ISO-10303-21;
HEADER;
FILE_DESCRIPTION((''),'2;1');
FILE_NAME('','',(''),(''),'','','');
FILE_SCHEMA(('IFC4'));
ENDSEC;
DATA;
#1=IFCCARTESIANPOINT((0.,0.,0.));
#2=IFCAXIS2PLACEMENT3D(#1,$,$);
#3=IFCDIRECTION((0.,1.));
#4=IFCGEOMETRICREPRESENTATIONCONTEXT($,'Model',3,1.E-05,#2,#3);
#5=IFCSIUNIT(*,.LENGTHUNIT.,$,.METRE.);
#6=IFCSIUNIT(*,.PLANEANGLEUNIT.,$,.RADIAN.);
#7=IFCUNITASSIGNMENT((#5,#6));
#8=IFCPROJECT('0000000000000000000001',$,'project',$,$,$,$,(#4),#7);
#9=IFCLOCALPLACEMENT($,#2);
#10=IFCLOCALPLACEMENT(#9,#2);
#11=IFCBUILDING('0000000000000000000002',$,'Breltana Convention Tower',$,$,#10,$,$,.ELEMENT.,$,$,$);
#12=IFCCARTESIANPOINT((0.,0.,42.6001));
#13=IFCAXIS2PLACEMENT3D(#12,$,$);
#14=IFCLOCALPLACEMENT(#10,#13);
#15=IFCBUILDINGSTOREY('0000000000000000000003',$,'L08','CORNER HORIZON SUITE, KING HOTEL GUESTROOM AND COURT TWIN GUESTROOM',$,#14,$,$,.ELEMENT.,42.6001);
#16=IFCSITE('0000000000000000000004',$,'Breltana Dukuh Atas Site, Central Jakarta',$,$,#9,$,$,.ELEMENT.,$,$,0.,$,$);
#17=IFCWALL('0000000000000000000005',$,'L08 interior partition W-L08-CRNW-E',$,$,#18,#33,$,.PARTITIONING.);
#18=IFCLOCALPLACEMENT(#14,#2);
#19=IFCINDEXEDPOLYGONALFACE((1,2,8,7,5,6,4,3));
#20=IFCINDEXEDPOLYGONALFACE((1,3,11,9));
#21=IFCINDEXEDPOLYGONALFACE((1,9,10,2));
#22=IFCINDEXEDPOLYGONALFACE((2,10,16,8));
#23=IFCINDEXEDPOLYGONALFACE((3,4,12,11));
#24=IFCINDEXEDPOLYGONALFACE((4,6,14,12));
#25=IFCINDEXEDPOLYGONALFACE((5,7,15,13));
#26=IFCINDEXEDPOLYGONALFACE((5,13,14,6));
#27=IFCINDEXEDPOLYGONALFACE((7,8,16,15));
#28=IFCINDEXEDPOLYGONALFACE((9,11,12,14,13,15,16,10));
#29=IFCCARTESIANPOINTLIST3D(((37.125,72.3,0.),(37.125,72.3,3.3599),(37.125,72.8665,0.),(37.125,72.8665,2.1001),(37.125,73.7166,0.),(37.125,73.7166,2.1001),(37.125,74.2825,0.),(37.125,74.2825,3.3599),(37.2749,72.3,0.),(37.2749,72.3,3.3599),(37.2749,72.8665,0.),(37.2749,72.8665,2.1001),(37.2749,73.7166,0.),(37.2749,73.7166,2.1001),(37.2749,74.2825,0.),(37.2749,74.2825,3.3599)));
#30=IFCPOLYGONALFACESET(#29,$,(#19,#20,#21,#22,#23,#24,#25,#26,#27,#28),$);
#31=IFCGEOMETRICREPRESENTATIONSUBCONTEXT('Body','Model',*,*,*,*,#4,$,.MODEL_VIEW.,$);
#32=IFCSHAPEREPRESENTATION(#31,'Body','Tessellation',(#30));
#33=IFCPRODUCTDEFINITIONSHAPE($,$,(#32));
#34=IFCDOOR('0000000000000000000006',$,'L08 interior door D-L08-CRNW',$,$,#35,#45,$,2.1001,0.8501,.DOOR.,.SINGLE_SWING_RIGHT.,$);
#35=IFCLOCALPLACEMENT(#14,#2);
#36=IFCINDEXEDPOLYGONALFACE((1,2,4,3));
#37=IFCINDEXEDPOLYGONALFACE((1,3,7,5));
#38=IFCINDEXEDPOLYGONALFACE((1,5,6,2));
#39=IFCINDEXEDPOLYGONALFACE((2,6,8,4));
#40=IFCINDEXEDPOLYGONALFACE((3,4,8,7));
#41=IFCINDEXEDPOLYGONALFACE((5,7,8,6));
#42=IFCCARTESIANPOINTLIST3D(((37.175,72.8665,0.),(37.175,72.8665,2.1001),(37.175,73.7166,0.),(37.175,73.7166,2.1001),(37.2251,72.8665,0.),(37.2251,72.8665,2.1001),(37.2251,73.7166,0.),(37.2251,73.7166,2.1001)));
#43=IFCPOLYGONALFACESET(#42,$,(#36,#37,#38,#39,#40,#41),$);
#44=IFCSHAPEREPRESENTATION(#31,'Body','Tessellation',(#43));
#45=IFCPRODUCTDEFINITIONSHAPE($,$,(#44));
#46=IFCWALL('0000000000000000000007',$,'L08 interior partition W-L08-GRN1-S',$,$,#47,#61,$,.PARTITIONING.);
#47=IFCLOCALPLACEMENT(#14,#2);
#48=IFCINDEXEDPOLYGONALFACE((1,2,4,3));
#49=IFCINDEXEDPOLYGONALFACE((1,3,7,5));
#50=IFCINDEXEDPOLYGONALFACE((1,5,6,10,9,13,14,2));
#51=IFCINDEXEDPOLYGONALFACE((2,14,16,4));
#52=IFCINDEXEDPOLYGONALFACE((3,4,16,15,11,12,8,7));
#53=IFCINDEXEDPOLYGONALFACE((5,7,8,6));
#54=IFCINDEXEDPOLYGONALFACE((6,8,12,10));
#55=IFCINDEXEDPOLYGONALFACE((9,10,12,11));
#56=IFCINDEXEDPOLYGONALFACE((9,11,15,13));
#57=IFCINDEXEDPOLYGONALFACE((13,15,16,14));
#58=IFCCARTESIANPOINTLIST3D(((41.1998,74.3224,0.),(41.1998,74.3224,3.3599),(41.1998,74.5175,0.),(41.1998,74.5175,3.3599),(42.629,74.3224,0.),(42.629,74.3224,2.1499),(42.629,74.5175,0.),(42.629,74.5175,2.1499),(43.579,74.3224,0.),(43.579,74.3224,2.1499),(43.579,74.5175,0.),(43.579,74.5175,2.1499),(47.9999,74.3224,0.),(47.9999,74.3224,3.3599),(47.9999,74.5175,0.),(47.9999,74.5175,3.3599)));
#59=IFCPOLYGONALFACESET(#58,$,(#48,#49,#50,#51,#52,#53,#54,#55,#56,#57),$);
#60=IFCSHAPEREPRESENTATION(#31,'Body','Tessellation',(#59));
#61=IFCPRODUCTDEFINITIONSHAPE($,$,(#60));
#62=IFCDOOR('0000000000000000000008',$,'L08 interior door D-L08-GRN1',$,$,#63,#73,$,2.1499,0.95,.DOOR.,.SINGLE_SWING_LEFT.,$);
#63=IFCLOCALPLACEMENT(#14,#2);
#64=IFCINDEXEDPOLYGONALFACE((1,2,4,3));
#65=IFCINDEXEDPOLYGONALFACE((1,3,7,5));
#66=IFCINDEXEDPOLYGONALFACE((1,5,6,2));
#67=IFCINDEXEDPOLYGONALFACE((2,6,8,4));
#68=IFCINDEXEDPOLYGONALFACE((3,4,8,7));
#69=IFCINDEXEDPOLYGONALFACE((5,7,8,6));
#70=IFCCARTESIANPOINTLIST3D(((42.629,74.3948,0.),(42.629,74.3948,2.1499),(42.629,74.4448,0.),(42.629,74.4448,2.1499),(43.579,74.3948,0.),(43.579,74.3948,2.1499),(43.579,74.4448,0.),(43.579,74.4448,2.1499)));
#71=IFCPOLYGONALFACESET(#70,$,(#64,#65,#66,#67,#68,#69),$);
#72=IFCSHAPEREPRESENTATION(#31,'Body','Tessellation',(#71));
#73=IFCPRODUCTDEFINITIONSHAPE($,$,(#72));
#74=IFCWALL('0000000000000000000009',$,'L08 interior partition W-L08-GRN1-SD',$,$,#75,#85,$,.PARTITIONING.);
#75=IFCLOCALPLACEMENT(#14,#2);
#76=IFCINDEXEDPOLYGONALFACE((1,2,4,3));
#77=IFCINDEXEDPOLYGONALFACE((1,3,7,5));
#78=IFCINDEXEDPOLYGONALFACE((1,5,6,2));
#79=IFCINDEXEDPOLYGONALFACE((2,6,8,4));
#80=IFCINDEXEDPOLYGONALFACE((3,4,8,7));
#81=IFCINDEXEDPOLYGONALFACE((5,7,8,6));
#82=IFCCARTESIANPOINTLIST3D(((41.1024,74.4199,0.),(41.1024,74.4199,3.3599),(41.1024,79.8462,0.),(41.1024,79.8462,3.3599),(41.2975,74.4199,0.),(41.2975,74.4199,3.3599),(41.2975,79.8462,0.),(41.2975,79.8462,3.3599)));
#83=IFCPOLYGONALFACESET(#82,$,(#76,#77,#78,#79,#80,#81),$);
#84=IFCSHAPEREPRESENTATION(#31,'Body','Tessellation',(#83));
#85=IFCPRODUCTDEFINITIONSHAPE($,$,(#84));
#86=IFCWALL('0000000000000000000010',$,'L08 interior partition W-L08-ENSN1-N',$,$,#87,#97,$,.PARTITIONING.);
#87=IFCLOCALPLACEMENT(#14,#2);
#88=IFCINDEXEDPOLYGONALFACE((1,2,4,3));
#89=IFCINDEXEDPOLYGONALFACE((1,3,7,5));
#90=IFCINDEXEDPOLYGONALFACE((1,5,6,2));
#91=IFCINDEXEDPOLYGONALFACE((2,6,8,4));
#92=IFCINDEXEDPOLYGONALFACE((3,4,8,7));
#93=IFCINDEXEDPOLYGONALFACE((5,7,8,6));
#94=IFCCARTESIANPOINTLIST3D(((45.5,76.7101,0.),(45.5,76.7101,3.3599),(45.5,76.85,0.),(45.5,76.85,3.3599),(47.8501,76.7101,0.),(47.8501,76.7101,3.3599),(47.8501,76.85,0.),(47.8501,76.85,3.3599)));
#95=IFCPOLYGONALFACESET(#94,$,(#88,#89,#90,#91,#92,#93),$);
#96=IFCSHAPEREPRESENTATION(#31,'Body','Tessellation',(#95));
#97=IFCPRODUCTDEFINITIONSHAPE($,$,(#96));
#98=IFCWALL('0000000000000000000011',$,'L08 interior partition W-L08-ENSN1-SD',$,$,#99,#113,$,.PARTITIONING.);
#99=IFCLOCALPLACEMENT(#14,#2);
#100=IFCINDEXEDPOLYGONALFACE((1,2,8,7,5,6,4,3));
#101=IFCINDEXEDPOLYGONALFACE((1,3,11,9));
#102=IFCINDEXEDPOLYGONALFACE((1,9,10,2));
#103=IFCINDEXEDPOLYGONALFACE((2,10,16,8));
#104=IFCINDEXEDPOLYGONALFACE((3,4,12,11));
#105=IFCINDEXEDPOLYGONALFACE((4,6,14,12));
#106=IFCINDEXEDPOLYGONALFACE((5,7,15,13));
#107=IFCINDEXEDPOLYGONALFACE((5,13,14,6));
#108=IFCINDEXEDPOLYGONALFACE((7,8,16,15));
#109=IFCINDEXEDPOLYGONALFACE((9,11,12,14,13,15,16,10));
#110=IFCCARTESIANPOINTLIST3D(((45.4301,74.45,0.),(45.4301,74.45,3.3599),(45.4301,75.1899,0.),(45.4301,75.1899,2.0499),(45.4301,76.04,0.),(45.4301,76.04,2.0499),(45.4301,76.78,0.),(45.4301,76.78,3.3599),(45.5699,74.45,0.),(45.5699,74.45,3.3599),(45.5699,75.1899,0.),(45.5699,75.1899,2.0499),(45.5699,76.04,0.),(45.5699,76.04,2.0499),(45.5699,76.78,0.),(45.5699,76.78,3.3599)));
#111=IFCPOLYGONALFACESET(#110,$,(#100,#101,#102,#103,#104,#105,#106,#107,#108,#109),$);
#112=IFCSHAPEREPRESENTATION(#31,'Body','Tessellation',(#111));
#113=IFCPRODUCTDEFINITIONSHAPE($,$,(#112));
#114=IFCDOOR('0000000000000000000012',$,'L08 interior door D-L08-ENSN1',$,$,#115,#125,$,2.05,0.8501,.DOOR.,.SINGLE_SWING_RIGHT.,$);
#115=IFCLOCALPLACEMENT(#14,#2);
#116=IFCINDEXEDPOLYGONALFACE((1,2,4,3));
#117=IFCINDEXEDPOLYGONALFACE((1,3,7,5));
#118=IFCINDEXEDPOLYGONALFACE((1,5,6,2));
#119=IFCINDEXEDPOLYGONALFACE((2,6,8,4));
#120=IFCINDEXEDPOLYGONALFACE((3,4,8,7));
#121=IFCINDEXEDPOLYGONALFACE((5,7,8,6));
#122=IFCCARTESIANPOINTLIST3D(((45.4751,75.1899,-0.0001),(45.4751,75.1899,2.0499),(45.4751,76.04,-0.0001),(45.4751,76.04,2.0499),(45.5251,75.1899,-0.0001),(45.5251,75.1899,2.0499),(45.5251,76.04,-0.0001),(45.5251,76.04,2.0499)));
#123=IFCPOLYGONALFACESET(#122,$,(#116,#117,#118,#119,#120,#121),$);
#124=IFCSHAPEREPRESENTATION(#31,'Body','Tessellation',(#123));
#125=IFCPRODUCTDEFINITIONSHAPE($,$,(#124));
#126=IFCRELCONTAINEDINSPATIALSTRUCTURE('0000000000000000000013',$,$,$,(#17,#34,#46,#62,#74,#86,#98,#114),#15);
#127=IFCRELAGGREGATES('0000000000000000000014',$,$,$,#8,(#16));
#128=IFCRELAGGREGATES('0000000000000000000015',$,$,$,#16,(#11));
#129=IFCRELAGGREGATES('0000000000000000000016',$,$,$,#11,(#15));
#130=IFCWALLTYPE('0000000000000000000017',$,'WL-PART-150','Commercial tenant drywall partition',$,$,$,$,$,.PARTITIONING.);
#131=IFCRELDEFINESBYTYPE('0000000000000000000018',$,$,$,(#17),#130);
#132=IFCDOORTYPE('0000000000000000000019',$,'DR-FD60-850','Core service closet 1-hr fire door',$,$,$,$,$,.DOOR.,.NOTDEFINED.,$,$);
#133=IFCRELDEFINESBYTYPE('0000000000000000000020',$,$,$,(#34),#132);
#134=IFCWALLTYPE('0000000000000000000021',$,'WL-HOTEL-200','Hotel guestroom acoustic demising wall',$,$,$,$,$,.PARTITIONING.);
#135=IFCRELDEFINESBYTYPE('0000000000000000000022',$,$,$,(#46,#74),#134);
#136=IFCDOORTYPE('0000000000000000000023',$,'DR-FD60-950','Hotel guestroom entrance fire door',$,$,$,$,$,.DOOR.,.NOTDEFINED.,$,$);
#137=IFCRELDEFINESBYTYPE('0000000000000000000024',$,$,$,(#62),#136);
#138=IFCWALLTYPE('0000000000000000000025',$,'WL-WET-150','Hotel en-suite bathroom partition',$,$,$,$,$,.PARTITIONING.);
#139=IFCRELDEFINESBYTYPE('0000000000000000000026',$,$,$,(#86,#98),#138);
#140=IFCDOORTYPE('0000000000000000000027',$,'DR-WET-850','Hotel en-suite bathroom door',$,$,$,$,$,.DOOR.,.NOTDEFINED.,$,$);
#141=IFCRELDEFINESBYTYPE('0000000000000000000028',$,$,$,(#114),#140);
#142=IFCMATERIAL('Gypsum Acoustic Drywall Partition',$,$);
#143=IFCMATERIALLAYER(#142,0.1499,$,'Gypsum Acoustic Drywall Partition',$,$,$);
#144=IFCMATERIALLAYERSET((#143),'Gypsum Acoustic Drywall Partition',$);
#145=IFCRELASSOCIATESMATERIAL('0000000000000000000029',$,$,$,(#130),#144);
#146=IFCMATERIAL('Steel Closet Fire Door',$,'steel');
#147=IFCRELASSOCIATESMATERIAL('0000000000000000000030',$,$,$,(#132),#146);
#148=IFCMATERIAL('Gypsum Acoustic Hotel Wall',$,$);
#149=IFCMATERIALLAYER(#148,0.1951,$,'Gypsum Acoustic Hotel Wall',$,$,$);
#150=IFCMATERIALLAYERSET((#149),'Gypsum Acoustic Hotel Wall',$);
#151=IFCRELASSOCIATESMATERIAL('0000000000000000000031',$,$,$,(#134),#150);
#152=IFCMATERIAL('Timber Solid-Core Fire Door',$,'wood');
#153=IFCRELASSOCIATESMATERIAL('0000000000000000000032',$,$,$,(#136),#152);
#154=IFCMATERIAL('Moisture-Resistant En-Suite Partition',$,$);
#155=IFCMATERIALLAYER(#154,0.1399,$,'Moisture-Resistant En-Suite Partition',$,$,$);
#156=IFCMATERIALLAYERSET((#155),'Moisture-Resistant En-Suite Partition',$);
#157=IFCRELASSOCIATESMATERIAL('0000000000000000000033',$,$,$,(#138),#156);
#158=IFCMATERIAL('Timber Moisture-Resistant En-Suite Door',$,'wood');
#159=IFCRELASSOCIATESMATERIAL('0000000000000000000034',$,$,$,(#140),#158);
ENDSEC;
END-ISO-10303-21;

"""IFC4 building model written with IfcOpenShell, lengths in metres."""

from ifc_helpers import new_model, si_unit, direction, frame, frame_2d, origin, place, context, subcontext, project, spatial, rectangle, extrude, source, transform, mapped, material, layer, layer_set, type_object, type_shapes, element, fill, save


model = new_model("IFC4")

# Units and contexts
model_context = context("Model", 3, precision=1e-05, world=origin(), true_north=direction((0.0, 1.0)))
body_context = subcontext(model_context, "Body", "Model", "MODEL_VIEW")
ifc_project = project(units=[si_unit("LENGTHUNIT", "METRE"), si_unit("PLANEANGLEUNIT", "RADIAN")], contexts=[model_context])

# Site, building, storey
site_placement = place(None, origin())
site = spatial("IfcSite", under=ifc_project, at=site_placement, Name="Breltana Dukuh Atas Site, Central Jakarta", CompositionType="ELEMENT", RefElevation=0.0)
building_placement = place(site_placement, origin())
building = spatial("IfcBuilding", under=site, at=building_placement, Name="Breltana Convention Tower", CompositionType="ELEMENT")
storey_placement = place(building_placement, frame((0.0, 0.0, 42.6001)))
storey = spatial("IfcBuildingStorey", under=building, at=storey_placement, Name="L08", Description="CORNER HORIZON SUITE, KING HOTEL GUESTROOM AND COURT TWIN GUESTROOM", CompositionType="ELEMENT", Elevation=42.6001)

# Shared definitions
ifc_material_1 = material(Name="Gypsum Acoustic Drywall Partition")
ifc_layer_1 = layer(ifc_material_1, 0.1499, Name="Gypsum Acoustic Drywall Partition")
ifc_layer_set_1 = layer_set([ifc_layer_1], Name="Gypsum Acoustic Drywall Partition")
wall_type_1 = type_object("IfcWallType", Name="WL-PART-150", Description="Commercial tenant drywall partition", PredefinedType="PARTITIONING", material=ifc_layer_set_1)

# Walls, openings, doors
shared_shape_1 = source(origin(), body_context, "Body", "SweptSolid", [
    extrude(rectangle(XDim=1.9824, YDim=0.1499, at=frame_2d((0.9912, 0.0))), origin(), (0.0, 0.0, 1.0), 3.3599),
])
wall_1_placement = place(storey_placement, frame((37.2, 72.3, 0.0), z_axis=(0.0, 0.0, 1.0), x_axis=(0.0, 1.0, 0.0)))
wall_1 = element("IfcWall", 1, at=wall_1_placement, inside=storey, type_object=wall_type_1, Name="L08 interior partition W-L08-CRNW-E", PredefinedType="PARTITIONING", context=body_context, shape_type="MappedRepresentation", body=[
    mapped(shared_shape_1, transform((0.0, 0.0, 0.0), scale=1.0)),
])
opening_1_placement = place(wall_1_placement, frame((0.5664, 0.0, 0.0)))
opening_1 = element("IfcOpeningElement", 2, at=opening_1_placement, cuts=wall_1, PredefinedType="OPENING", context=body_context, shape_type="SweptSolid", body=[
    extrude(rectangle(XDim=0.8501, YDim=2.1001, at=frame_2d((0.425, 1.05))), frame((0.0, 0.085, 0.0), z_axis=(0.0, -1.0, 0.0), x_axis=(1.0, 0.0, 0.0)), (0.0, 0.0, 1.0), 0.1699),
])
ifc_material_2 = material(Name="Steel Closet Fire Door", Category="steel")
door_type_1 = type_object("IfcDoorType", Name="DR-FD60-850", Description="Core service closet 1-hr fire door", OperationType="NOTDEFINED", PredefinedType="DOOR", material=ifc_material_2)
shared_shape_2 = source(origin(), body_context, "Body", "SweptSolid", [
    extrude(rectangle(XDim=0.8501, YDim=2.1001, at=frame_2d((0.425, 1.05))), frame((0.0, 0.0249, 0.0), z_axis=(0.0, -1.0, 0.0), x_axis=(1.0, 0.0, 0.0)), (0.0, 0.0, 1.0), 0.05),
])
type_shapes(door_type_1, [shared_shape_2])
door_1_placement = place(opening_1_placement, origin())
door_1 = element("IfcDoor", 3, at=door_1_placement, inside=storey, type_object=door_type_1, Name="L08 interior door D-L08-CRNW", OperationType="SINGLE_SWING_RIGHT", OverallHeight=2.1001, OverallWidth=0.8501, PredefinedType="DOOR", context=body_context, shape_type="MappedRepresentation", body=[
    mapped(shared_shape_2, transform((0.0, 0.0, 0.0), scale=1.0)),
])
fill(opening_1, door_1)
ifc_material_3 = material(Name="Gypsum Acoustic Hotel Wall")
ifc_layer_2 = layer(ifc_material_3, 0.1951, Name="Gypsum Acoustic Hotel Wall")
ifc_layer_set_2 = layer_set([ifc_layer_2], Name="Gypsum Acoustic Hotel Wall")
wall_type_2 = type_object("IfcWallType", Name="WL-HOTEL-200", Description="Hotel guestroom acoustic demising wall", PredefinedType="PARTITIONING", material=ifc_layer_set_2)
shared_shape_3 = source(origin(), body_context, "Body", "SweptSolid", [
    extrude(rectangle(XDim=6.8, YDim=0.1951, at=frame_2d((3.3999, 0.0))), origin(), (0.0, 0.0, 1.0), 3.3599),
])
wall_2_placement = place(storey_placement, frame((41.2, 74.4199, 0.0), z_axis=(0.0, 0.0, 1.0), x_axis=(1.0, 0.0, 0.0)))
wall_2 = element("IfcWall", 4, at=wall_2_placement, inside=storey, type_object=wall_type_2, Name="L08 interior partition W-L08-GRN1-S", PredefinedType="PARTITIONING", context=body_context, shape_type="MappedRepresentation", body=[
    mapped(shared_shape_3, transform((0.0, 0.0, 0.0), scale=1.0)),
])
opening_2_placement = place(wall_2_placement, frame((1.429, 0.0, 0.0)))
opening_2 = element("IfcOpeningElement", 5, at=opening_2_placement, cuts=wall_2, PredefinedType="OPENING", context=body_context, shape_type="SweptSolid", body=[
    extrude(rectangle(XDim=0.95, YDim=2.1499, at=frame_2d((0.4751, 1.075))), frame((0.0, 0.1074, 0.0), z_axis=(0.0, -1.0, 0.0), x_axis=(1.0, 0.0, 0.0)), (0.0, 0.0, 1.0), 0.2151),
])
ifc_material_4 = material(Name="Timber Solid-Core Fire Door", Category="wood")
door_type_2 = type_object("IfcDoorType", Name="DR-FD60-950", Description="Hotel guestroom entrance fire door", OperationType="NOTDEFINED", PredefinedType="DOOR", material=ifc_material_4)
shared_shape_4 = source(origin(), body_context, "Body", "SweptSolid", [
    extrude(rectangle(XDim=0.95, YDim=2.1499, at=frame_2d((0.4751, 1.075))), frame((0.0, 0.0249, 0.0), z_axis=(0.0, -1.0, 0.0), x_axis=(1.0, 0.0, 0.0)), (0.0, 0.0, 1.0), 0.05),
])
type_shapes(door_type_2, [shared_shape_4])
door_2_placement = place(opening_2_placement, origin())
door_2 = element("IfcDoor", 6, at=door_2_placement, inside=storey, type_object=door_type_2, Name="L08 interior door D-L08-GRN1", OperationType="SINGLE_SWING_LEFT", OverallHeight=2.1499, OverallWidth=0.95, PredefinedType="DOOR", context=body_context, shape_type="MappedRepresentation", body=[
    mapped(shared_shape_4, transform((0.0, 0.0, 0.0), scale=1.0)),
])
fill(opening_2, door_2)

# Walls
shared_shape_5 = source(origin(), body_context, "Body", "SweptSolid", [
    extrude(rectangle(XDim=5.4263, YDim=0.1951, at=frame_2d((2.7131, 0.0))), origin(), (0.0, 0.0, 1.0), 3.3599),
])
wall_3_placement = place(storey_placement, frame((41.2, 74.4199, 0.0), z_axis=(0.0, 0.0, 1.0), x_axis=(0.0, 1.0, 0.0)))
element("IfcWall", 7, at=wall_3_placement, inside=storey, type_object=wall_type_2, Name="L08 interior partition W-L08-GRN1-SD", PredefinedType="PARTITIONING", context=body_context, shape_type="MappedRepresentation", body=[
    mapped(shared_shape_5, transform((0.0, 0.0, 0.0), scale=1.0)),
])
ifc_material_5 = material(Name="Moisture-Resistant En-Suite Partition")
ifc_layer_3 = layer(ifc_material_5, 0.1399, Name="Moisture-Resistant En-Suite Partition")
ifc_layer_set_3 = layer_set([ifc_layer_3], Name="Moisture-Resistant En-Suite Partition")
wall_type_3 = type_object("IfcWallType", Name="WL-WET-150", Description="Hotel en-suite bathroom partition", PredefinedType="PARTITIONING", material=ifc_layer_set_3)
shared_shape_6 = source(origin(), body_context, "Body", "SweptSolid", [
    extrude(rectangle(XDim=2.3501, YDim=0.1399, at=frame_2d((1.175, 0.0))), origin(), (0.0, 0.0, 1.0), 3.3599),
])
wall_4_placement = place(storey_placement, frame((45.5, 76.78, 0.0), z_axis=(0.0, 0.0, 1.0), x_axis=(1.0, 0.0, 0.0)))
element("IfcWall", 8, at=wall_4_placement, inside=storey, type_object=wall_type_3, Name="L08 interior partition W-L08-ENSN1-N", PredefinedType="PARTITIONING", context=body_context, shape_type="MappedRepresentation", body=[
    mapped(shared_shape_6, transform((0.0, 0.0, 0.0), scale=1.0)),
])

# Wall, opening, door
shared_shape_7 = source(origin(), body_context, "Body", "SweptSolid", [
    extrude(rectangle(XDim=2.3301, YDim=0.1399, at=frame_2d((1.165, 0.0))), origin(), (0.0, 0.0, 1.0), 3.3599),
])
wall_5_placement = place(storey_placement, frame((45.5, 74.45, 0.0), z_axis=(0.0, 0.0, 1.0), x_axis=(0.0, 1.0, 0.0)))
wall_5 = element("IfcWall", 9, at=wall_5_placement, inside=storey, type_object=wall_type_3, Name="L08 interior partition W-L08-ENSN1-SD", PredefinedType="PARTITIONING", context=body_context, shape_type="MappedRepresentation", body=[
    mapped(shared_shape_7, transform((0.0, 0.0, 0.0), scale=1.0)),
])
opening_3_placement = place(wall_5_placement, frame((0.74, 0.0, 0.0)))
opening_3 = element("IfcOpeningElement", 10, at=opening_3_placement, cuts=wall_5, PredefinedType="OPENING", context=body_context, shape_type="SweptSolid", body=[
    extrude(rectangle(XDim=0.8501, YDim=2.05, at=frame_2d((0.425, 1.0249))), frame((0.0, 0.0801, 0.0), z_axis=(0.0, -1.0, 0.0), x_axis=(1.0, 0.0, 0.0)), (0.0, 0.0, 1.0), 0.1599),
])
ifc_material_6 = material(Name="Timber Moisture-Resistant En-Suite Door", Category="wood")
door_type_3 = type_object("IfcDoorType", Name="DR-WET-850", Description="Hotel en-suite bathroom door", OperationType="NOTDEFINED", PredefinedType="DOOR", material=ifc_material_6)
shared_shape_8 = source(origin(), body_context, "Body", "SweptSolid", [
    extrude(rectangle(XDim=0.8501, YDim=2.05, at=frame_2d((0.425, 1.0249))), frame((0.0, 0.0249, 0.0), z_axis=(0.0, -1.0, 0.0), x_axis=(1.0, 0.0, 0.0)), (0.0, 0.0, 1.0), 0.05),
])
type_shapes(door_type_3, [shared_shape_8])
door_3_placement = place(opening_3_placement, origin())
door_3 = element("IfcDoor", 11, at=door_3_placement, inside=storey, type_object=door_type_3, Name="L08 interior door D-L08-ENSN1", OperationType="SINGLE_SWING_RIGHT", OverallHeight=2.05, OverallWidth=0.8501, PredefinedType="DOOR", context=body_context, shape_type="MappedRepresentation", body=[
    mapped(shared_shape_8, transform((0.0, 0.0, 0.0), scale=1.0)),
])
fill(opening_3, door_3)

save(model, "model.ifc")
